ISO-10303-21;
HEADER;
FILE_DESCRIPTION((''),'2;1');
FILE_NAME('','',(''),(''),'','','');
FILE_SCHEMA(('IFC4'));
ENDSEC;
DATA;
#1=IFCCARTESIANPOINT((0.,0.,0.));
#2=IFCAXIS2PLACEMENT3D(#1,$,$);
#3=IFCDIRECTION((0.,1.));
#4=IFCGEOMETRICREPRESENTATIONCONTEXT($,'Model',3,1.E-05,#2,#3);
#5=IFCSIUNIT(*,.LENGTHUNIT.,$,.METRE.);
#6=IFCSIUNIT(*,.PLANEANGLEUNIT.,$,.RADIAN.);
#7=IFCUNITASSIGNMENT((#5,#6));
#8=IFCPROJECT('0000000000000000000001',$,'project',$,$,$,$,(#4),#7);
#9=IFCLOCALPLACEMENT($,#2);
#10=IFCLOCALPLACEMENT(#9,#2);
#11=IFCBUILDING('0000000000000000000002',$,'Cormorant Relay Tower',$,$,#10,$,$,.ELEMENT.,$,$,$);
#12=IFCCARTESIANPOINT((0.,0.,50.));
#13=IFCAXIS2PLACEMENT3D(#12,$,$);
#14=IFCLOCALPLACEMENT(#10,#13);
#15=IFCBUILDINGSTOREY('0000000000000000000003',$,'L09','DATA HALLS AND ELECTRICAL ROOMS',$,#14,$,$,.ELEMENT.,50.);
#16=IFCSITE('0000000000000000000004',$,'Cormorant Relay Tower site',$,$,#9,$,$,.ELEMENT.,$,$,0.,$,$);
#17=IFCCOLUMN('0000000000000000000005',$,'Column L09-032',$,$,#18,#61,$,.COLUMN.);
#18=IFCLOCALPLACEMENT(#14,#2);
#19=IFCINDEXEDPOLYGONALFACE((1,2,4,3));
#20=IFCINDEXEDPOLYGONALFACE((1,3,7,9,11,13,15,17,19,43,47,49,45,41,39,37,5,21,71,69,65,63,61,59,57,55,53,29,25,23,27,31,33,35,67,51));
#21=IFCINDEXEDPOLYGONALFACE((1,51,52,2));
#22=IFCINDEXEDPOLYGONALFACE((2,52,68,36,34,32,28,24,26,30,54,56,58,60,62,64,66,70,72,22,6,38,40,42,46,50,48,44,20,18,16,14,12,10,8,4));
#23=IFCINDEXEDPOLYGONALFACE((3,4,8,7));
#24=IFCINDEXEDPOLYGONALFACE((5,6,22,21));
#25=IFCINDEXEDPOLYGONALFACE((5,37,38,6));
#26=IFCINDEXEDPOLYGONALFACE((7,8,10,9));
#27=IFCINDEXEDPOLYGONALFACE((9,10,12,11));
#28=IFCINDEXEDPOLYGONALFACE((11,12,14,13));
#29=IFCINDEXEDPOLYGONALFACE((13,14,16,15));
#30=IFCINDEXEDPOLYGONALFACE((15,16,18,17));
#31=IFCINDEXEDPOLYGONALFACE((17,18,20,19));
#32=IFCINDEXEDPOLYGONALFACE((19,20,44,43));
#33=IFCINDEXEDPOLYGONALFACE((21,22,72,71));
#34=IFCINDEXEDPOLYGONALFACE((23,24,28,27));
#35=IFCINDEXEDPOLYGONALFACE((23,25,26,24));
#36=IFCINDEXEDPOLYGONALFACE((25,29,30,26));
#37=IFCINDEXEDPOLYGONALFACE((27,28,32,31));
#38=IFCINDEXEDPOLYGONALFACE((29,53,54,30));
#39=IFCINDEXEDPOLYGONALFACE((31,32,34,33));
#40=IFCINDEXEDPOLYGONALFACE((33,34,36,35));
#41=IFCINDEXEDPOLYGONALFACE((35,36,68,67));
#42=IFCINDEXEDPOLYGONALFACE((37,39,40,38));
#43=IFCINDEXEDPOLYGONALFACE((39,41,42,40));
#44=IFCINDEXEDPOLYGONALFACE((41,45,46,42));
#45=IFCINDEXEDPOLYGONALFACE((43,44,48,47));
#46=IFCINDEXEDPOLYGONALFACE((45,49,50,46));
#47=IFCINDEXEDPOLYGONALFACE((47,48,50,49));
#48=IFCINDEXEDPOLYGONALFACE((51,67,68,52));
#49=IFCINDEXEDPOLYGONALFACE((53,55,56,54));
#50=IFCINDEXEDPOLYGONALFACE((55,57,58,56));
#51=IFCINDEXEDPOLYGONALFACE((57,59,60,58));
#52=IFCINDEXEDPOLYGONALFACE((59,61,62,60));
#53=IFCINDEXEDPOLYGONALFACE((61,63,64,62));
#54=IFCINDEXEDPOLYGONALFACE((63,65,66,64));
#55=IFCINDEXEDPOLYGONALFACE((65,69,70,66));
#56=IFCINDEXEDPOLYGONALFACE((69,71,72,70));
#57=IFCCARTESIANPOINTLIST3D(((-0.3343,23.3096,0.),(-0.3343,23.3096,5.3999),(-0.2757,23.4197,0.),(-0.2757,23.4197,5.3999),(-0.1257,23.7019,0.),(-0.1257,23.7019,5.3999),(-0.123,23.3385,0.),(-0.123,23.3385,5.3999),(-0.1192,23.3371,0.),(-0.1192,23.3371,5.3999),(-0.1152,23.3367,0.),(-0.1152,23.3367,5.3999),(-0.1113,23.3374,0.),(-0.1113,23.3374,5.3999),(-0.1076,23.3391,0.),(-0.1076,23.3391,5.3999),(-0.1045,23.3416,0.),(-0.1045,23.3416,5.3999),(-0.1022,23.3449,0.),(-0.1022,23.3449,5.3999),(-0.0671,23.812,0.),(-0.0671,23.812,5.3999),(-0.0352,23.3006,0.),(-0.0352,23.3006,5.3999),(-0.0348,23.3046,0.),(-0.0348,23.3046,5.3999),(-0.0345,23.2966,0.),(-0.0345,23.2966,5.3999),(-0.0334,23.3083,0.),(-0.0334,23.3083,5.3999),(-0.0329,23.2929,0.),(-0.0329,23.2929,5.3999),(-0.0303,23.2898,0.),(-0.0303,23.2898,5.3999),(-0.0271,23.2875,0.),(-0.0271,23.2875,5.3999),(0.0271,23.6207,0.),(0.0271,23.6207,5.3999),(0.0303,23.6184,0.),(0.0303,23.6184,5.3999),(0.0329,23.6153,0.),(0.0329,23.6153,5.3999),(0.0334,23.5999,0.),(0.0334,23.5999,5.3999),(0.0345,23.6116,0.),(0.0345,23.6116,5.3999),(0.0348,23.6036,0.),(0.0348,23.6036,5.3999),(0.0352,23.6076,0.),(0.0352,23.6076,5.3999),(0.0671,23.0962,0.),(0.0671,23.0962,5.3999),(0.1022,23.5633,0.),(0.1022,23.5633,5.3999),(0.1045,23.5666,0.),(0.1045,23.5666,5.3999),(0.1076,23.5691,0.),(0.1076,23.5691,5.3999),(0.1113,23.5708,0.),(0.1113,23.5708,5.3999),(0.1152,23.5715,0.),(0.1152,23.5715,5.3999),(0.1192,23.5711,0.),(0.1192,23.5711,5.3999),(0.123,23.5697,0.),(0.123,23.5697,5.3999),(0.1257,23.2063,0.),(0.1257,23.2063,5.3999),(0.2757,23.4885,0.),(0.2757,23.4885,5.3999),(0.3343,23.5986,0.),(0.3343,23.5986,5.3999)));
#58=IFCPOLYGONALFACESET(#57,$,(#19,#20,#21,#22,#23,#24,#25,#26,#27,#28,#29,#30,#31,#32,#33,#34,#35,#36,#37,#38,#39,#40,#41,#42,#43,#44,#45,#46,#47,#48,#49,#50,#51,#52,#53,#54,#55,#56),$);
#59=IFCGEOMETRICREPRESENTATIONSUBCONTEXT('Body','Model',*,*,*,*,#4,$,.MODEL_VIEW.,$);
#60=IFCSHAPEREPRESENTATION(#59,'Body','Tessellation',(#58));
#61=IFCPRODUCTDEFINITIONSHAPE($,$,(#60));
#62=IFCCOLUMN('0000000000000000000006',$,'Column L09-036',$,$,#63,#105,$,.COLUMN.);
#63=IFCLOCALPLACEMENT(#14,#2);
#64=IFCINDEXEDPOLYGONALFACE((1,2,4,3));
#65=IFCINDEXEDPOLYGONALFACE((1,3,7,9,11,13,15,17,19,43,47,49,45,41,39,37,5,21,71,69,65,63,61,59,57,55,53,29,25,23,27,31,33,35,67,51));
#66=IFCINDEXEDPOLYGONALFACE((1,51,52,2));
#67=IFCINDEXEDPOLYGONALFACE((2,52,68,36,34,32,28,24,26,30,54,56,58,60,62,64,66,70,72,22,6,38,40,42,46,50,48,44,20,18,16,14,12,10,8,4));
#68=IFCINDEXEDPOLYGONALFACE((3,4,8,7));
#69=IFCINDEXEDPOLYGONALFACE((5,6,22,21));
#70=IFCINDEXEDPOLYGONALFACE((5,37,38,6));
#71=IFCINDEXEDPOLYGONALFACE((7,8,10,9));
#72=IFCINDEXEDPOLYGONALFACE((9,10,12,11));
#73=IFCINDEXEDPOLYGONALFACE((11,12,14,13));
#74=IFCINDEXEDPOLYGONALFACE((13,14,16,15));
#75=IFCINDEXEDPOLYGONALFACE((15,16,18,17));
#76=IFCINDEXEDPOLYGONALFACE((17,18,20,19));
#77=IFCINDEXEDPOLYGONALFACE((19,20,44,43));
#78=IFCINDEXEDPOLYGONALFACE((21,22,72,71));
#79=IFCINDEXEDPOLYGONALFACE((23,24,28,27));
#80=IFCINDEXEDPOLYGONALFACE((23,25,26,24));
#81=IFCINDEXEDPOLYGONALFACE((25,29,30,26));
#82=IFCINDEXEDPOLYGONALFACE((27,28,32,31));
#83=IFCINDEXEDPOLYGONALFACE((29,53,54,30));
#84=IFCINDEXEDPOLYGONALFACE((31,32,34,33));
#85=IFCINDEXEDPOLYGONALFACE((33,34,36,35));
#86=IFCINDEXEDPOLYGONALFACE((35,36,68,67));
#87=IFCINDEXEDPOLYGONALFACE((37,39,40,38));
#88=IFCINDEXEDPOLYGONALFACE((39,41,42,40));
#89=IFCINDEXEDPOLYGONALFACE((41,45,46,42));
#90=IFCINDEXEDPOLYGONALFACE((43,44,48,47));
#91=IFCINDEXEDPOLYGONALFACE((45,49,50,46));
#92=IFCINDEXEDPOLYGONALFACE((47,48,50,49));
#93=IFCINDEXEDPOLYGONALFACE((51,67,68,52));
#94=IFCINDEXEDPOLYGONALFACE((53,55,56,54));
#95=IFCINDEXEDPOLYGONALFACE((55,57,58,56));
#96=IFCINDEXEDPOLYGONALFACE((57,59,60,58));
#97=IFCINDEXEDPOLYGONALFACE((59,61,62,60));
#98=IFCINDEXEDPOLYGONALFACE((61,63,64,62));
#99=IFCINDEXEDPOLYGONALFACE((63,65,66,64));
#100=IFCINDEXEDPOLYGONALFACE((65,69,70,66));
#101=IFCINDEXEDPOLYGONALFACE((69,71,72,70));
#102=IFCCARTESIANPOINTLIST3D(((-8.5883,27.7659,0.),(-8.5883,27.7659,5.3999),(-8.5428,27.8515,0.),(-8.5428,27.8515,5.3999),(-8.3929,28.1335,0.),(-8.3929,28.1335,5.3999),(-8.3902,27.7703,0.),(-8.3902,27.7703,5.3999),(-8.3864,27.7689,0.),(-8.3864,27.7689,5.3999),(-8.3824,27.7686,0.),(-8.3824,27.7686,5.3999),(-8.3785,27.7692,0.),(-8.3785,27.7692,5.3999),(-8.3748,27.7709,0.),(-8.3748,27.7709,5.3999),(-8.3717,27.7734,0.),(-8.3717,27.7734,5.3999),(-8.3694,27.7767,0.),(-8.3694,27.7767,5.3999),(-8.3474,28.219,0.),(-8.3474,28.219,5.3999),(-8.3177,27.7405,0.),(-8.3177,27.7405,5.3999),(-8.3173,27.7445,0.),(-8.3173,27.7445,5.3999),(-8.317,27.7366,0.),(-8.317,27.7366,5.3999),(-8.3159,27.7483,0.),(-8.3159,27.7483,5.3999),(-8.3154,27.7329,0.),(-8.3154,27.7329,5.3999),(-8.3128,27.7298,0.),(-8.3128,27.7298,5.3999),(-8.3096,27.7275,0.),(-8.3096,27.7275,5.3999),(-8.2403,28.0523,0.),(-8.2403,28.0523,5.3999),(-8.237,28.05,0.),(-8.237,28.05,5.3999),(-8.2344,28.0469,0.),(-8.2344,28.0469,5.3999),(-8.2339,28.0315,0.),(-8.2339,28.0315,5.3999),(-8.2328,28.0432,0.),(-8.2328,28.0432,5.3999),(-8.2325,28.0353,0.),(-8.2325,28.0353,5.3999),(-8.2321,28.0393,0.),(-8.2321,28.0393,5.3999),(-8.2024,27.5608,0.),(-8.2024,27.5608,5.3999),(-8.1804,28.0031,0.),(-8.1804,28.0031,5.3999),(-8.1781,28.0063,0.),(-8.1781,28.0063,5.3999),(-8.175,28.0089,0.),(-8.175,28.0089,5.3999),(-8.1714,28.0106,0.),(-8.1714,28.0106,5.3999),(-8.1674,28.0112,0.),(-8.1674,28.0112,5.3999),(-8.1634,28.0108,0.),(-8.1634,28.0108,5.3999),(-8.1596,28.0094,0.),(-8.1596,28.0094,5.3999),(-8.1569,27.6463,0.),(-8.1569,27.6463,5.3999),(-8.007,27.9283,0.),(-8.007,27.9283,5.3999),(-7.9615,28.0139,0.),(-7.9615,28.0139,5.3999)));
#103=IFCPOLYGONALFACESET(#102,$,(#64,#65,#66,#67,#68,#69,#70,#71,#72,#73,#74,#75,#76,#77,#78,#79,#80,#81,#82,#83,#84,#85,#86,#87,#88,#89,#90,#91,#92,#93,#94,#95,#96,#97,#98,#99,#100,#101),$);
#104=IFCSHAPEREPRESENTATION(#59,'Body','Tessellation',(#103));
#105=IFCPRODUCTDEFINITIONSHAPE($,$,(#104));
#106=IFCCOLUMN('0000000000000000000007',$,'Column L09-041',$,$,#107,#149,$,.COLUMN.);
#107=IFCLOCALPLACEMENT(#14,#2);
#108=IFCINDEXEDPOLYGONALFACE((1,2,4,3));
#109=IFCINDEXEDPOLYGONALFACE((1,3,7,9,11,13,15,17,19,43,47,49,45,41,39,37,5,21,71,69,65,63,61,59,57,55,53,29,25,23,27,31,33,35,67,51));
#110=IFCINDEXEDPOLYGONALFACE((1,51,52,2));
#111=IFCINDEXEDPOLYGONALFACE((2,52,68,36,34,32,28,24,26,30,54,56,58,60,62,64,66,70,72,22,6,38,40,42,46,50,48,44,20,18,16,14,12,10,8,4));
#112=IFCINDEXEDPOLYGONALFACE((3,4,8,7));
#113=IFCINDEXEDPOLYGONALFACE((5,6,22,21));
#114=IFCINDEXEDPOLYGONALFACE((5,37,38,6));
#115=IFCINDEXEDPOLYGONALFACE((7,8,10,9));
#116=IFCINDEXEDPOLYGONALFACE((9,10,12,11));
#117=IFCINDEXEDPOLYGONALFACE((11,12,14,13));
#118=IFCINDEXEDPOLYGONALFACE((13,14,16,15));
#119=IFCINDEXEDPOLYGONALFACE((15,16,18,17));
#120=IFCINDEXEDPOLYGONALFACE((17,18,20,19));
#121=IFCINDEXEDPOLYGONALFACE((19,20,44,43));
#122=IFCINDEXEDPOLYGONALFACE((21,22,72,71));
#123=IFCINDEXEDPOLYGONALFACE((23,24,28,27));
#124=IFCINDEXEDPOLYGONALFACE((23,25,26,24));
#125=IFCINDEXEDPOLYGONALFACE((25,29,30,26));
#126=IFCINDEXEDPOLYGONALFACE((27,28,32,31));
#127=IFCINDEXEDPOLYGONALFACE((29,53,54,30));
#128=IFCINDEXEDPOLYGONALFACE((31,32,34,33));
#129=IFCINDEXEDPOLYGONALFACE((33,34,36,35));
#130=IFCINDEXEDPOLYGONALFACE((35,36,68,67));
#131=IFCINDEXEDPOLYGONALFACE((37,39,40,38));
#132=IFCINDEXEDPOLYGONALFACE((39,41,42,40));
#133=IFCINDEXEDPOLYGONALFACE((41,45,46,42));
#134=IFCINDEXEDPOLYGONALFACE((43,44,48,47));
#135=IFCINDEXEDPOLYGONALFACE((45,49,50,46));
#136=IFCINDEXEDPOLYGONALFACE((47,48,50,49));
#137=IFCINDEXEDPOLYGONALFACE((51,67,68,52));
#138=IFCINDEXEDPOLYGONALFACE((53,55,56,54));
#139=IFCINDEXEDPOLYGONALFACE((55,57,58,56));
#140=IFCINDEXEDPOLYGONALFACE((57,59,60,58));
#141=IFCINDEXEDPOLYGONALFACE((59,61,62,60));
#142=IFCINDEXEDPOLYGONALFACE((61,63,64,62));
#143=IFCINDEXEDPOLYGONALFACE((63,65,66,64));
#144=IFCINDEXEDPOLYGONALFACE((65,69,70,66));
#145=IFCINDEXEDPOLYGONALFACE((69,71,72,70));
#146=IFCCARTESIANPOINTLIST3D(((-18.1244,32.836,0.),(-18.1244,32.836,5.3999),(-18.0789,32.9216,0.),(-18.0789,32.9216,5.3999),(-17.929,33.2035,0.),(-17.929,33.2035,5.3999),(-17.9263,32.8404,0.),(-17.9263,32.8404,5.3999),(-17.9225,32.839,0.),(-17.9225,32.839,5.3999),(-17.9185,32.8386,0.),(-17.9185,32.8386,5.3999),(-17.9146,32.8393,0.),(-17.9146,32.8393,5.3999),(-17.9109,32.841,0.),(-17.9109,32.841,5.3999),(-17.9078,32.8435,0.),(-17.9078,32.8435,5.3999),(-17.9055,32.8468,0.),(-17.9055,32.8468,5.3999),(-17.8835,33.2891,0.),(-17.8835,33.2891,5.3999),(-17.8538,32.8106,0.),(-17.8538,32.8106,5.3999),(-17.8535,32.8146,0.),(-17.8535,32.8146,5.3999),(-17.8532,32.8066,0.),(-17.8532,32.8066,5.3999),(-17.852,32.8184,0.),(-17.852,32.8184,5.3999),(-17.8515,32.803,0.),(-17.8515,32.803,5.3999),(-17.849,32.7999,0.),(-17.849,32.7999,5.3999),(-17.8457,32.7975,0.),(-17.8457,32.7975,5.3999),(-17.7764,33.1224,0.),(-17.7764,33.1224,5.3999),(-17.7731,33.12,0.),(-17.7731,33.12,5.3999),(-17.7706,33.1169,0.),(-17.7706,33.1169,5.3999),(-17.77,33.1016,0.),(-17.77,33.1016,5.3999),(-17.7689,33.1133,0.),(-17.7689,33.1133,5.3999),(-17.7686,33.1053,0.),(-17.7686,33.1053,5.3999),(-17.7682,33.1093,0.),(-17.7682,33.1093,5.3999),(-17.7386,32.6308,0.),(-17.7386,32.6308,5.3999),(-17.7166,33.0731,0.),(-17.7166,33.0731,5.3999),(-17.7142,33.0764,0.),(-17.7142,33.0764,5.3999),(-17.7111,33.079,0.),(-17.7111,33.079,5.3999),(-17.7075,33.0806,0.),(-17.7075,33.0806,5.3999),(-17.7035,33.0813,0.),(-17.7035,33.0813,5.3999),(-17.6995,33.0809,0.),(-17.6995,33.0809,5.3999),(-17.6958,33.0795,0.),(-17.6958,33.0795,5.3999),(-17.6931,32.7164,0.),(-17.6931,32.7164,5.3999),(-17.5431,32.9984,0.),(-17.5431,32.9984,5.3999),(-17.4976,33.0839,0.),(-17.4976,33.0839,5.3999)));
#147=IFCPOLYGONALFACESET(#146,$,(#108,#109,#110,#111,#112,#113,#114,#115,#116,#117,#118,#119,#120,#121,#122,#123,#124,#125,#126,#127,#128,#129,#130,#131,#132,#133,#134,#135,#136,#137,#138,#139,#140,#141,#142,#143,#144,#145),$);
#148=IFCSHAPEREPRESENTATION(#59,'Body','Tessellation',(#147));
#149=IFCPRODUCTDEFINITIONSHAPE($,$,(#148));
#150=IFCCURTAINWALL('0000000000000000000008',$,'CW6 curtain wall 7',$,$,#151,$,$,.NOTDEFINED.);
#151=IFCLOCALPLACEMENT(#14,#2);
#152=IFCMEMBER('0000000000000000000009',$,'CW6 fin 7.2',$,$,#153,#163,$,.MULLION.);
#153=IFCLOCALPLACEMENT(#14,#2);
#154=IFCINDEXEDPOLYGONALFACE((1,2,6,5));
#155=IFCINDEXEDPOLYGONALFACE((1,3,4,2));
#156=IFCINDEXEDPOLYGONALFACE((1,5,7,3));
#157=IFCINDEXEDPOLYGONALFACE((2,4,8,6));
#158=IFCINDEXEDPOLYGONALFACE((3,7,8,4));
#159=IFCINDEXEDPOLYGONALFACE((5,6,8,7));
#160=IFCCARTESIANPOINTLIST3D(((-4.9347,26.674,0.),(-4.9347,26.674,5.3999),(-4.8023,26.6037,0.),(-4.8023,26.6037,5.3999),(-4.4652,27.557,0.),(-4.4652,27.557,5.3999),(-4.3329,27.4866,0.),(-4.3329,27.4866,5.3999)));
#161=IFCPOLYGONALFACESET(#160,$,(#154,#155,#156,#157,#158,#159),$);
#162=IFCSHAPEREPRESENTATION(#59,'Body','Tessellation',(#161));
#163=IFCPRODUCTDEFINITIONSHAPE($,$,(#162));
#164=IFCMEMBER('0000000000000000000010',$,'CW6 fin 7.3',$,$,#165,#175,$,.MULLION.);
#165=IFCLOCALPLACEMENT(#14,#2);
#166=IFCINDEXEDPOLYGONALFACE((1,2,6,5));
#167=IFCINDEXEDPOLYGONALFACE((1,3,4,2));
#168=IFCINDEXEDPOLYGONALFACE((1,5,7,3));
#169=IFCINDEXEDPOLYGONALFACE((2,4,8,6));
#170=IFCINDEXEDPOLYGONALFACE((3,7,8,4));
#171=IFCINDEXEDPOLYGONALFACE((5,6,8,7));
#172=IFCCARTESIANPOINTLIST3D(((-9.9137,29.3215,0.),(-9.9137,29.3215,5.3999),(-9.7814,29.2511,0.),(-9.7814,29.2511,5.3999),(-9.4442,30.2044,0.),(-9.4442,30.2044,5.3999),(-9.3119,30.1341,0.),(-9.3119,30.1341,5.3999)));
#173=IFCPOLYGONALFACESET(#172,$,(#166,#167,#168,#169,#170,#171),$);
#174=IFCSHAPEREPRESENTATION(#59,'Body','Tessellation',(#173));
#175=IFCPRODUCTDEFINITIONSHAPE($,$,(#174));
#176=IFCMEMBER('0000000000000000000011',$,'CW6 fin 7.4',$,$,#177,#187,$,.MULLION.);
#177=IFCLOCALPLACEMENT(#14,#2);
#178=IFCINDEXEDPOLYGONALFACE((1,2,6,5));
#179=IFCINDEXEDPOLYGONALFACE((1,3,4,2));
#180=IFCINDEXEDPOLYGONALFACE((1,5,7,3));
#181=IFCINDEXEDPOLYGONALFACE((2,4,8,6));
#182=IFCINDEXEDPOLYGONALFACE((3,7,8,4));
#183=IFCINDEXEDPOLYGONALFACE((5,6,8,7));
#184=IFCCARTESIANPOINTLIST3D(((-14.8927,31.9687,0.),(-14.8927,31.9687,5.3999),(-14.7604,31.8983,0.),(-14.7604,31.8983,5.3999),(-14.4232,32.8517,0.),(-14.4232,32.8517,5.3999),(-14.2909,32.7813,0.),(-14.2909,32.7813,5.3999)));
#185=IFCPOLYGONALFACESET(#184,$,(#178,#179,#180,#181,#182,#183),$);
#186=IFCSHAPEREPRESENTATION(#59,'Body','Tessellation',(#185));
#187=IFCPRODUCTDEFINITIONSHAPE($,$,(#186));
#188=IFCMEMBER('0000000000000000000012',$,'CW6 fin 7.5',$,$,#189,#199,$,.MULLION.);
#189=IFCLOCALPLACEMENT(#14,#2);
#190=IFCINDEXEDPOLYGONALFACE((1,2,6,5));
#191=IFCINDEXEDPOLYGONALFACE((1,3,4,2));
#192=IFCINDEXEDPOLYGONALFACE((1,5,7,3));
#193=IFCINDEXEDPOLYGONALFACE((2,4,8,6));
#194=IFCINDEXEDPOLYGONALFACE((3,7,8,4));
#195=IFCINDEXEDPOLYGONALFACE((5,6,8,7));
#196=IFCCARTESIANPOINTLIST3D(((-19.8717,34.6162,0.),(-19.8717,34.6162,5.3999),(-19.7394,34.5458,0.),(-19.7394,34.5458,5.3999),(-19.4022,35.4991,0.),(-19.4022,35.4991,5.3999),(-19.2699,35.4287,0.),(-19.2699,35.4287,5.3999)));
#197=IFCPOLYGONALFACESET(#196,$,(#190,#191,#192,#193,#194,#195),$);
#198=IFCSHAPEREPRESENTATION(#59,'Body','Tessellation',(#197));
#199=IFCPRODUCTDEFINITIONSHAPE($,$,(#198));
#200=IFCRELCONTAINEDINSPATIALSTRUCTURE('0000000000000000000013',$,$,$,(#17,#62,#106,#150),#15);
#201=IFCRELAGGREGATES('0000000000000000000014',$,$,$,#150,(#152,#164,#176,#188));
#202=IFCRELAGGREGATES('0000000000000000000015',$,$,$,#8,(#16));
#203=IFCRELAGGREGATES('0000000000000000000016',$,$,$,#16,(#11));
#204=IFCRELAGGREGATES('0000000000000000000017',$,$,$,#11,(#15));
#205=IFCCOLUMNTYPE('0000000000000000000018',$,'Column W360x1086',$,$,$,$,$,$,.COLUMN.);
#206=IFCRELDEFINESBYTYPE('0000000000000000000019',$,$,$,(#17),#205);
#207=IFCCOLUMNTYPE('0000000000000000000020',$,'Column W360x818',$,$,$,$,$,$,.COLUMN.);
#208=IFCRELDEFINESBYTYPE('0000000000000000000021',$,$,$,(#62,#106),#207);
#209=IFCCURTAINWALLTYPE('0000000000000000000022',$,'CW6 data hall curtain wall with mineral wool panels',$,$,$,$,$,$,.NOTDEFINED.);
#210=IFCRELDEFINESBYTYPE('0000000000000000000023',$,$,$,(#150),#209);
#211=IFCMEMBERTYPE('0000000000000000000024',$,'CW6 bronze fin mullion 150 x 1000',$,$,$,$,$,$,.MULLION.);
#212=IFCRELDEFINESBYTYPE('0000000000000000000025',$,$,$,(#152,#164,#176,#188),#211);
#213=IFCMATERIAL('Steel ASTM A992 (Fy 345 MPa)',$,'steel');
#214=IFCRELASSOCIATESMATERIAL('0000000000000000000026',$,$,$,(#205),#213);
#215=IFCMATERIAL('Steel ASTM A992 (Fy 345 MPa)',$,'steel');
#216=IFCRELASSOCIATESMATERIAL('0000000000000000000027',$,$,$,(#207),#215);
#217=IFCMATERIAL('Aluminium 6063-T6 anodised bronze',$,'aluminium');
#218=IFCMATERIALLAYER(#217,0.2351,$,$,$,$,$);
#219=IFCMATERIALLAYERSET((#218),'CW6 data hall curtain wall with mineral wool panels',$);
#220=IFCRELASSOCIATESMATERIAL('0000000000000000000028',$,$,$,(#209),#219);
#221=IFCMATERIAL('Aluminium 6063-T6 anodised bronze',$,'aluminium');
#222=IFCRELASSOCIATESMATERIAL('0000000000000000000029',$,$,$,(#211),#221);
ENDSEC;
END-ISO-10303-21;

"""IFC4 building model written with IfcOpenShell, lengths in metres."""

from ifc_helpers import new_model, si_unit, direction, frame, origin, origin_2d, place, context, subcontext, project, spatial, rectangle, i_section, extrude, material, layer, layer_set, material_profile, profile_set, type_object, element, aggregate, save


model = new_model("IFC4")

# Units and contexts
model_context = context("Model", 3, precision=1e-05, world=origin(), true_north=direction((0.0, 1.0)))
body_context = subcontext(model_context, "Body", "Model", "MODEL_VIEW")
ifc_project = project(units=[si_unit("LENGTHUNIT", "METRE"), si_unit("PLANEANGLEUNIT", "RADIAN")], contexts=[model_context])

# Site, building, storey
site_placement = place(None, origin())
site = spatial("IfcSite", under=ifc_project, at=site_placement, Name="Cormorant Relay Tower site", CompositionType="ELEMENT", RefElevation=0.0)
building_placement = place(site_placement, origin())
building = spatial("IfcBuilding", under=site, at=building_placement, Name="Cormorant Relay Tower", CompositionType="ELEMENT")
storey_placement = place(building_placement, frame((0.0, 0.0, 50.0)))
storey = spatial("IfcBuildingStorey", under=building, at=storey_placement, Name="L09", Description="DATA HALLS AND ELECTRICAL ROOMS", CompositionType="ELEMENT", Elevation=50.0)

# Columns
ifc_material_1 = material(Name="Steel ASTM A992 (Fy 345 MPa)", Category="steel")
ifc_material_profile_1 = material_profile(ifc_material_1, i_section(OverallWidth=0.4546, OverallDepth=0.5691, WebThickness=0.0779, FlangeThickness=0.1248, FilletRadius=0.0154, at=origin_2d()), Name="W360x1086")
ifc_profile_set_1 = profile_set([ifc_material_profile_1], Name="Steel ASTM A992 (Fy 345 MPa)")
column_type_1 = type_object("IfcColumnType", Name="Column W360x1086", PredefinedType="COLUMN", material=ifc_profile_set_1)
column_placement = place(storey_placement, frame((0.0, 23.4541, 0.0), z_axis=(0.0, 0.0, 1.0), x_axis=(-0.882948, 0.469472, 0.0)))
element("IfcColumn", 1, at=column_placement, inside=storey, type_object=column_type_1, Name="Column L09-032", PredefinedType="COLUMN", context=body_context, shape_type="SweptSolid", body=[
    extrude(i_section(OverallWidth=0.4546, OverallDepth=0.5691, WebThickness=0.0779, FlangeThickness=0.1248, FilletRadius=0.0154, at=origin_2d()), origin(), (0.0, 0.0, 1.0), 5.3999),
])
ifc_material_2 = material(Name="Steel ASTM A992 (Fy 345 MPa)", Category="steel")
ifc_material_profile_2 = material_profile(ifc_material_2, i_section(OverallWidth=0.437, OverallDepth=0.5132, WebThickness=0.0605, FlangeThickness=0.0969, FilletRadius=0.0154, at=origin_2d()), Name="W360x818")
ifc_profile_set_2 = profile_set([ifc_material_profile_2], Name="Steel ASTM A992 (Fy 345 MPa)")
column_type_2 = type_object("IfcColumnType", Name="Column W360x818", PredefinedType="COLUMN", material=ifc_profile_set_2)
for number, where, z_axis, x_axis, name in (
    (2, (-8.2749, 27.8899, 0.0), (0.0, 0.0, 1.0), (-0.882948, 0.469472, 0.0), "Column L09-036"),
    (3, (-17.811, 32.96, 0.0), (0.0, 0.0, 1.0), (-0.882948, 0.469472, 0.0), "Column L09-041"),
):
    element("IfcColumn", number, at=place(storey_placement, frame(where, z_axis=z_axis, x_axis=x_axis)), inside=storey, type_object=column_type_2, Name=name, PredefinedType="COLUMN", context=body_context, shape_type="SweptSolid", body=[
        extrude(i_section(OverallWidth=0.437, OverallDepth=0.5132, WebThickness=0.0605, FlangeThickness=0.0969, FilletRadius=0.0154, at=origin_2d()), origin(), (0.0, 0.0, 1.0), 5.3999),
    ])

# Curtain wall, members
ifc_material_3 = material(Name="Aluminium 6063-T6 anodised bronze", Category="aluminium")
ifc_layer_1 = layer(ifc_material_3, 0.2351)
ifc_layer_set_1 = layer_set([ifc_layer_1], Name="CW6 data hall curtain wall with mineral wool panels")
curtain_wall_type = type_object("IfcCurtainWallType", Name="CW6 data hall curtain wall with mineral wool panels", PredefinedType="NOTDEFINED", material=ifc_layer_set_1)
curtain_wall_placement = place(storey_placement, origin())
curtain_wall = element("IfcCurtainWall", 4, at=curtain_wall_placement, inside=storey, type_object=curtain_wall_type, Name="CW6 curtain wall 7", PredefinedType="NOTDEFINED")
ifc_material_4 = material(Name="Aluminium 6063-T6 anodised bronze", Category="aluminium")
ifc_material_profile_3 = material_profile(ifc_material_4, rectangle(XDim=0.1499, YDim=1.0, at=origin_2d()), Name="AL 150x1000")
ifc_profile_set_3 = profile_set([ifc_material_profile_3], Name="Aluminium 6063-T6 anodised bronze")
member_type = type_object("IfcMemberType", Name="CW6 bronze fin mullion 150 x 1000", PredefinedType="MULLION", material=ifc_profile_set_3)
member_1_placement = place(storey_placement, frame((-4.6338, 27.0803, 0.0), z_axis=(0.0, 0.0, 1.0), x_axis=(-0.882948, 0.469472, 0.0)))
member_1 = element("IfcMember", 5, at=member_1_placement, type_object=member_type, Name="CW6 fin 7.2", PredefinedType="MULLION", context=body_context, shape_type="SweptSolid", body=[
    extrude(rectangle(XDim=0.1499, YDim=1.0, at=origin_2d()), origin(), (0.0, 0.0, 1.0), 5.3999),
])
member_2_placement = place(storey_placement, frame((-9.6128, 29.7278, 0.0), z_axis=(0.0, 0.0, 1.0), x_axis=(-0.882948, 0.469472, 0.0)))
member_2 = element("IfcMember", 6, at=member_2_placement, type_object=member_type, Name="CW6 fin 7.3", PredefinedType="MULLION", context=body_context, shape_type="SweptSolid", body=[
    extrude(rectangle(XDim=0.1499, YDim=1.0, at=origin_2d()), origin(), (0.0, 0.0, 1.0), 5.3999),
])
member_3_placement = place(storey_placement, frame((-14.5918, 32.375, 0.0), z_axis=(0.0, 0.0, 1.0), x_axis=(-0.882948, 0.469472, 0.0)))
member_3 = element("IfcMember", 7, at=member_3_placement, type_object=member_type, Name="CW6 fin 7.4", PredefinedType="MULLION", context=body_context, shape_type="SweptSolid", body=[
    extrude(rectangle(XDim=0.1499, YDim=1.0, at=origin_2d()), origin(), (0.0, 0.0, 1.0), 5.3999),
])
member_4_placement = place(storey_placement, frame((-19.5708, 35.0225, 0.0), z_axis=(0.0, 0.0, 1.0), x_axis=(-0.882948, 0.469472, 0.0)))
member_4 = element("IfcMember", 8, at=member_4_placement, type_object=member_type, Name="CW6 fin 7.5", PredefinedType="MULLION", context=body_context, shape_type="SweptSolid", body=[
    extrude(rectangle(XDim=0.1499, YDim=1.0, at=origin_2d()), origin(), (0.0, 0.0, 1.0), 5.3999),
])

aggregate(curtain_wall, [member_1, member_2, member_3, member_4])

save(model, "model.ifc")
